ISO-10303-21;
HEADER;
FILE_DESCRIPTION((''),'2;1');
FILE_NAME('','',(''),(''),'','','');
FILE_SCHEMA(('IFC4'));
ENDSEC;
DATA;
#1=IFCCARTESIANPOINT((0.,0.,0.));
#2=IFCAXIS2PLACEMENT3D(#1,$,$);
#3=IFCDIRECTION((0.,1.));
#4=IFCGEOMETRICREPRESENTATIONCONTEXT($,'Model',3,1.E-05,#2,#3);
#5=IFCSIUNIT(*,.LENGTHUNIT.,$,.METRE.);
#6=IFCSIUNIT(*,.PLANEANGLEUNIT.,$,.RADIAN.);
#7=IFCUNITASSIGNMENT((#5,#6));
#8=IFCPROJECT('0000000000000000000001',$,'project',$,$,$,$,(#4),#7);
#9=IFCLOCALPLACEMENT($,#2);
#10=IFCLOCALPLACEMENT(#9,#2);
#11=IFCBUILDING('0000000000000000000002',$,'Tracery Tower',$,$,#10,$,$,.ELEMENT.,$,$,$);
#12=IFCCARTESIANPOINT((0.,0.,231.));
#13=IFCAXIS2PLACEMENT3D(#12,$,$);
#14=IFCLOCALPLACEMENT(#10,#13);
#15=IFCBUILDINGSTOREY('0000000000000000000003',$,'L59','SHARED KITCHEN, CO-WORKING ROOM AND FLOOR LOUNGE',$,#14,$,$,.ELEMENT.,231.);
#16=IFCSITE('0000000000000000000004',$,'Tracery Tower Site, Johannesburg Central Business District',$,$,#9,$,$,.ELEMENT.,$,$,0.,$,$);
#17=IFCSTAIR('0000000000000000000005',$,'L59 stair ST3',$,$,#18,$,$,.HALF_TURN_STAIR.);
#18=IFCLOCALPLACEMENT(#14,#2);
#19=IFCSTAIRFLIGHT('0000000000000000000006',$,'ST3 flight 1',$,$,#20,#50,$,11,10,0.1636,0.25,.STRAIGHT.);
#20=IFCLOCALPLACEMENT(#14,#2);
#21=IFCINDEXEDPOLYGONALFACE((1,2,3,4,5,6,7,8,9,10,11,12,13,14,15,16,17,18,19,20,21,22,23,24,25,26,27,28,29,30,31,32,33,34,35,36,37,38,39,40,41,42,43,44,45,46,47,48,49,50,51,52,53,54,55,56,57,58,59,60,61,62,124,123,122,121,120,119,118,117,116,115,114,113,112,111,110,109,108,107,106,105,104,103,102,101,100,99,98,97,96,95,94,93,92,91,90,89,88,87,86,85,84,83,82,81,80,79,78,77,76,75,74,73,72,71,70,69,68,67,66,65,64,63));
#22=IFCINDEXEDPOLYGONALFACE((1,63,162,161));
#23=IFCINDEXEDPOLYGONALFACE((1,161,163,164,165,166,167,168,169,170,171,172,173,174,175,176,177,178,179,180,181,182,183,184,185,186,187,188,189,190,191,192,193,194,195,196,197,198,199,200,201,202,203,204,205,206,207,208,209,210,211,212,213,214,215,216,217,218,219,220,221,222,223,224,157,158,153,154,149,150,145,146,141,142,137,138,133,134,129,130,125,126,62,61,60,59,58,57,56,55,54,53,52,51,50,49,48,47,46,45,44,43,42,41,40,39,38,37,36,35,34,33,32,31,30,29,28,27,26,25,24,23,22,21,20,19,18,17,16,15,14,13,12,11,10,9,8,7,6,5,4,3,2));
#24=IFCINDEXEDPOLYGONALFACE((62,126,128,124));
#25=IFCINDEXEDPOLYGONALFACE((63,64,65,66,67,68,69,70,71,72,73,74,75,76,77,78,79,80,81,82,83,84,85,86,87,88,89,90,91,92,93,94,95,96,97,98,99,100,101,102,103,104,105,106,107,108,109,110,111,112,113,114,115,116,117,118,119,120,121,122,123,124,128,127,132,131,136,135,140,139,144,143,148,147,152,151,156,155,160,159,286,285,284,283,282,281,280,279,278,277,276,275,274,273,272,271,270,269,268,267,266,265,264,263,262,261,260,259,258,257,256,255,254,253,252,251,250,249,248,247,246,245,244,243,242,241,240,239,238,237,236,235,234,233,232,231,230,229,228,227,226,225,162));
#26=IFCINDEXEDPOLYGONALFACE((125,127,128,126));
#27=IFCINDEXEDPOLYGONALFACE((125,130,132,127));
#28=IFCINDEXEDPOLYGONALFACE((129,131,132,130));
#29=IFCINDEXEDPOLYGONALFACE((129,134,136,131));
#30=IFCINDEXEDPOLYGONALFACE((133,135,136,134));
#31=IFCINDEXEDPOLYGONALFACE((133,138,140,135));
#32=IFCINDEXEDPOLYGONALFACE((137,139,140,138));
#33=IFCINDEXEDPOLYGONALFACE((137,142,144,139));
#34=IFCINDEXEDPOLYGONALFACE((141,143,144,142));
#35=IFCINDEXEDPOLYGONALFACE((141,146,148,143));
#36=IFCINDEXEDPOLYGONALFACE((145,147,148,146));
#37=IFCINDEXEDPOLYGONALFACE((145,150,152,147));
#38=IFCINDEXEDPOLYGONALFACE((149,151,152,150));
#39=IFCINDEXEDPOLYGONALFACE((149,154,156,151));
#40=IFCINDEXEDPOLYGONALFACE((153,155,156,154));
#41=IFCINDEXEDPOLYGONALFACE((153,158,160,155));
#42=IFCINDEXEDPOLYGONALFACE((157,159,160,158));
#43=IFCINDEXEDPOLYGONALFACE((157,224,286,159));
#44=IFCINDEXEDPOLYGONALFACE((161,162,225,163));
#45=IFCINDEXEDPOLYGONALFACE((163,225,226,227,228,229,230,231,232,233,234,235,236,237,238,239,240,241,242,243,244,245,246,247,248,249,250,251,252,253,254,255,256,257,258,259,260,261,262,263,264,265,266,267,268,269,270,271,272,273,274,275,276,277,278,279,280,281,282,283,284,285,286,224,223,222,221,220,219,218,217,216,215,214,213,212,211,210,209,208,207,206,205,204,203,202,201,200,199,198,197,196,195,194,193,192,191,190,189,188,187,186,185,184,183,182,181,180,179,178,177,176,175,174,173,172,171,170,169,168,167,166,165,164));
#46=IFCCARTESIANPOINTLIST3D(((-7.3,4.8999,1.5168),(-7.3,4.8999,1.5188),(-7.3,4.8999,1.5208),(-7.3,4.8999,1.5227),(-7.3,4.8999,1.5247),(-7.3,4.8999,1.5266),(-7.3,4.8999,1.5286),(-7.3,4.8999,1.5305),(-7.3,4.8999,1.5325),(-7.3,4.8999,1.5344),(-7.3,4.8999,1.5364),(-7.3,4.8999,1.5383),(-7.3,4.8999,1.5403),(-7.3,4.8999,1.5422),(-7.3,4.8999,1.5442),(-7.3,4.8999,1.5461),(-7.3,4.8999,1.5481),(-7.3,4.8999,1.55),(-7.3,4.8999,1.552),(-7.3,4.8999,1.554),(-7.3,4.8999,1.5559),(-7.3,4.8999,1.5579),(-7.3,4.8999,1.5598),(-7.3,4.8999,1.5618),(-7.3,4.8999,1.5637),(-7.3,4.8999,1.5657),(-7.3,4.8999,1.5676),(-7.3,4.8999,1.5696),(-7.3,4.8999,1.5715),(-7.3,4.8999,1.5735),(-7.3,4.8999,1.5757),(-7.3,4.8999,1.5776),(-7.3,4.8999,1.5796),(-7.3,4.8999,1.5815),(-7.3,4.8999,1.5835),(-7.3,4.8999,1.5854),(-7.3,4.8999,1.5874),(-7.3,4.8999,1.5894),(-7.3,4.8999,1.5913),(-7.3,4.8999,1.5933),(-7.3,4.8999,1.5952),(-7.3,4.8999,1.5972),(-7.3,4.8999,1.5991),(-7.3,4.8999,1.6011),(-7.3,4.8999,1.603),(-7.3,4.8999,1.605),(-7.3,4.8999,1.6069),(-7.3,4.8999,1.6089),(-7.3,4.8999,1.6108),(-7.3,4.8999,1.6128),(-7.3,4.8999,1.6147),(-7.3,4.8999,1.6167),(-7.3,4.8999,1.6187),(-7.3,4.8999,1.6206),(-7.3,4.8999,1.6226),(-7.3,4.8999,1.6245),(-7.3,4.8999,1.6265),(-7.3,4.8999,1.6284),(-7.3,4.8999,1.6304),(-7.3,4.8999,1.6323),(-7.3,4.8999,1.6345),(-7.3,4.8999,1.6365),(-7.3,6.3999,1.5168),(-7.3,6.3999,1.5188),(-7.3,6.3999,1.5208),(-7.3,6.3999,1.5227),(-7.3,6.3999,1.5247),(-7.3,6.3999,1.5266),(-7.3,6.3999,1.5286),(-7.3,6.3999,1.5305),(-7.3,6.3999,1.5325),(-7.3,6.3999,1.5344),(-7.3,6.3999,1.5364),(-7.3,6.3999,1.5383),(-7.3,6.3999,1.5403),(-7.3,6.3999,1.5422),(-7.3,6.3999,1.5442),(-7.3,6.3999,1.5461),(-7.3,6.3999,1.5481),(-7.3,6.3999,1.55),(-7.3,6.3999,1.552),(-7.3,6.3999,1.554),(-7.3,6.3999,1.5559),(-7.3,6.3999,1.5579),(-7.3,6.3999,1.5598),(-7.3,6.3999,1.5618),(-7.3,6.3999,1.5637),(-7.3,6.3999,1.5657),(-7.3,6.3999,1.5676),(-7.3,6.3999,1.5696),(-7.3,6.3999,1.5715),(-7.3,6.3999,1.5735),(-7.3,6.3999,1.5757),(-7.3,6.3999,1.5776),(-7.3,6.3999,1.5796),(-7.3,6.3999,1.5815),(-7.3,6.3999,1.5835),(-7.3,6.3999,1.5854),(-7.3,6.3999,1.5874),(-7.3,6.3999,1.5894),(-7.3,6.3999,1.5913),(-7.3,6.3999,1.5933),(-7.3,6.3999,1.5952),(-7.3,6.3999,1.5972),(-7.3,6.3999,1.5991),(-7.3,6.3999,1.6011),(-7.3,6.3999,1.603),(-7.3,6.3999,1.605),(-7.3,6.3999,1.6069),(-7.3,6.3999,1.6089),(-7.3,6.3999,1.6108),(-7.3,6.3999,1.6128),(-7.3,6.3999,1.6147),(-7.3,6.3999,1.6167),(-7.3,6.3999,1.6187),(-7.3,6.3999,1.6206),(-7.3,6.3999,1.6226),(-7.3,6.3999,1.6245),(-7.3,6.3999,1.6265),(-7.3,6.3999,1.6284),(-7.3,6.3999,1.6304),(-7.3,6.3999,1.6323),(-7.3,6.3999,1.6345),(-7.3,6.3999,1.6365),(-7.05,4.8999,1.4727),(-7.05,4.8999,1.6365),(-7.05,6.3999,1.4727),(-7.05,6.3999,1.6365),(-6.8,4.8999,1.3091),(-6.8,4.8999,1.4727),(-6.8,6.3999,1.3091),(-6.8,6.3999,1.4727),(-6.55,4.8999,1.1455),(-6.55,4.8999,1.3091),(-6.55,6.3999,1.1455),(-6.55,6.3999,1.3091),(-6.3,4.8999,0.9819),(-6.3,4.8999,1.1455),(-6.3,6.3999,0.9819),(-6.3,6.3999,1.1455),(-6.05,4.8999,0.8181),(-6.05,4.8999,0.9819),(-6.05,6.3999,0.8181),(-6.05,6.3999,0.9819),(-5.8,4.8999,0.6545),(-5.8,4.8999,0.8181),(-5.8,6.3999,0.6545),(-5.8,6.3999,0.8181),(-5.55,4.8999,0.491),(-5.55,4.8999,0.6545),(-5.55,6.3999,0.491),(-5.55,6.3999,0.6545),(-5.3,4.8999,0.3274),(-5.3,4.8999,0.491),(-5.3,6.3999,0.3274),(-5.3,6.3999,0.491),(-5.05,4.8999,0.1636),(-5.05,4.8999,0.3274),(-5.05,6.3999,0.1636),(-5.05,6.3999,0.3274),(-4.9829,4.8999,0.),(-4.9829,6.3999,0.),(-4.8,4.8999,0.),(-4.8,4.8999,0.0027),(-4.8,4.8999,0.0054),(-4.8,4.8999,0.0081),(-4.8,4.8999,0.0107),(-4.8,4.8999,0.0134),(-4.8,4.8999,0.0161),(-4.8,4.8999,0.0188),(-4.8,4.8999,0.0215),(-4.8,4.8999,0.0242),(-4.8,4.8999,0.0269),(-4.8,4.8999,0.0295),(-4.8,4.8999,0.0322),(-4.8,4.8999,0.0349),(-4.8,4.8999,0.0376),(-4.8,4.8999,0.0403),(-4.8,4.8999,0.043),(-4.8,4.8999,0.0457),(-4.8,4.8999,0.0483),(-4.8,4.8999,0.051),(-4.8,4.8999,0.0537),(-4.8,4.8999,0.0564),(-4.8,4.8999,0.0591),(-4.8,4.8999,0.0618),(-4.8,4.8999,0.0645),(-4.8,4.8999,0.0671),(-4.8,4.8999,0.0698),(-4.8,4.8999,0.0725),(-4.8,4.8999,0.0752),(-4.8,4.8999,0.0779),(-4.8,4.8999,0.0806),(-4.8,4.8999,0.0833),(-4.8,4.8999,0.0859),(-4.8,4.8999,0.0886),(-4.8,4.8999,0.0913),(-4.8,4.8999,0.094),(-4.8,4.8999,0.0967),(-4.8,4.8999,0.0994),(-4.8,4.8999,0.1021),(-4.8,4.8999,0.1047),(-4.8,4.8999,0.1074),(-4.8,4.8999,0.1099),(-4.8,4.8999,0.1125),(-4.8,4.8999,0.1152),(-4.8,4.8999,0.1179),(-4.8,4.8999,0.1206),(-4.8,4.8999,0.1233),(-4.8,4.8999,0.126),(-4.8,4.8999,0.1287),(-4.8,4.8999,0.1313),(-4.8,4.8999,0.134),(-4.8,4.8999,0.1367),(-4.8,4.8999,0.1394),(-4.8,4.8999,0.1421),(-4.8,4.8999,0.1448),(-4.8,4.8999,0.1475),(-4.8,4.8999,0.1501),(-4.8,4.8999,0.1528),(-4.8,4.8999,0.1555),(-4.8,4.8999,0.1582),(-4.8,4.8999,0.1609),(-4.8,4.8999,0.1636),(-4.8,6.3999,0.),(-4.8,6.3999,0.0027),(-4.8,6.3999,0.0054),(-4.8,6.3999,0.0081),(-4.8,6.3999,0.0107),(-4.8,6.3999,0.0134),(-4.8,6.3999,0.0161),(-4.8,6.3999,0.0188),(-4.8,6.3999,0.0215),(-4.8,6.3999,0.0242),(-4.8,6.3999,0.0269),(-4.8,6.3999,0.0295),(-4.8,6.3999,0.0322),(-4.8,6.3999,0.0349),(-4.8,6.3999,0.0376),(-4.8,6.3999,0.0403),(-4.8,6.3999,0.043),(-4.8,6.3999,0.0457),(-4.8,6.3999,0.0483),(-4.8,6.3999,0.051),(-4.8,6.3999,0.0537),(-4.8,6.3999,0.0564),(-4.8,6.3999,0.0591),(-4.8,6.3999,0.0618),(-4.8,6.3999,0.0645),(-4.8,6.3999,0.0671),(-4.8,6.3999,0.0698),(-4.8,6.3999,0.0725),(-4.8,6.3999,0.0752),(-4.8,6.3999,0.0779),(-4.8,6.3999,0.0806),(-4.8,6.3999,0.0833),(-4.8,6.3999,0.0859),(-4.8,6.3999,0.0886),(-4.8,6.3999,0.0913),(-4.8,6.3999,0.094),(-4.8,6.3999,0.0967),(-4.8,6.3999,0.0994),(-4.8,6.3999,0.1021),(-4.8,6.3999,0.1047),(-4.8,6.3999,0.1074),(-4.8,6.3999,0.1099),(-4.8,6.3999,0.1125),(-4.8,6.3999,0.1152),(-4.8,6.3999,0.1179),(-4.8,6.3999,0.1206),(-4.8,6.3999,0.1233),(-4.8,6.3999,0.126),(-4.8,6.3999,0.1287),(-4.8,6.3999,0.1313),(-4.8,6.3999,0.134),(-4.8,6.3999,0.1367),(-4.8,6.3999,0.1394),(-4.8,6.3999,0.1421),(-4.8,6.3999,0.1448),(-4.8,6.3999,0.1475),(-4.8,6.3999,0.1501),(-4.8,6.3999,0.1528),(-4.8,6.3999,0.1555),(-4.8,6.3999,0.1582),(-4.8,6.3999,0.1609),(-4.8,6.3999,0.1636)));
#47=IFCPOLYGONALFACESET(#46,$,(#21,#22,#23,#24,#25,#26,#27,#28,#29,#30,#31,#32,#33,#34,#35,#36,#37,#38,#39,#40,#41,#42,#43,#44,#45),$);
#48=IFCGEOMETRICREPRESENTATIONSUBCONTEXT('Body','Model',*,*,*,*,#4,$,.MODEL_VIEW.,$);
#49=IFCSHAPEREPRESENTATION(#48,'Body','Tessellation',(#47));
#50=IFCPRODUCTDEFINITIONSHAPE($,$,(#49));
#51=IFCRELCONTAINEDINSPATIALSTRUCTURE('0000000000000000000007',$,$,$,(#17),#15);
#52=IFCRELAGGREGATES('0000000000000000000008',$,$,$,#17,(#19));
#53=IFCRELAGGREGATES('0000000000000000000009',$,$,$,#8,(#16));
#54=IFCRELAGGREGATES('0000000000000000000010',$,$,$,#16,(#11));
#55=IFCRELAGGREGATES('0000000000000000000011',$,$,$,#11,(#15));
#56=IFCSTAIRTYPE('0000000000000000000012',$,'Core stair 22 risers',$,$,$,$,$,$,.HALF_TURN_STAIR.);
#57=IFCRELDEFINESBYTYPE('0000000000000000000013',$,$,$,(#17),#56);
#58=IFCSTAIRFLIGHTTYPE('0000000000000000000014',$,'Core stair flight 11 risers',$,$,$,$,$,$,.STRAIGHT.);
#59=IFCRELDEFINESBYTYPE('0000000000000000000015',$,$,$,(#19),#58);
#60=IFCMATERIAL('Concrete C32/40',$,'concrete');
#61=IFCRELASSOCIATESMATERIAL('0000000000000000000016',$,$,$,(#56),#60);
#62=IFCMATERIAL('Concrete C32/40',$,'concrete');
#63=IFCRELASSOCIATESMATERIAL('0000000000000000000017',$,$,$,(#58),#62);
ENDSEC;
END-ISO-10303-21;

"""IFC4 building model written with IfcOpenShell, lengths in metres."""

from ifc_helpers import new_model, si_unit, direction, frame, origin, place, context, subcontext, project, spatial, polyline, outline, extrude, material, type_object, element, aggregate, save


model = new_model("IFC4")

# Units and contexts
model_context = context("Model", 3, precision=1e-05, world=origin(), true_north=direction((0.0, 1.0)))
body_context = subcontext(model_context, "Body", "Model", "MODEL_VIEW")
ifc_project = project(units=[si_unit("LENGTHUNIT", "METRE"), si_unit("PLANEANGLEUNIT", "RADIAN")], contexts=[model_context])

# Site, building, storey
site_placement = place(None, origin())
site = spatial("IfcSite", under=ifc_project, at=site_placement, Name="Tracery Tower Site, Johannesburg Central Business District", CompositionType="ELEMENT", RefElevation=0.0)
building_placement = place(site_placement, origin())
building = spatial("IfcBuilding", under=site, at=building_placement, Name="Tracery Tower", CompositionType="ELEMENT")
storey_placement = place(building_placement, frame((0.0, 0.0, 231.0)))
storey = spatial("IfcBuildingStorey", under=building, at=storey_placement, Name="L59", Description="SHARED KITCHEN, CO-WORKING ROOM AND FLOOR LOUNGE", CompositionType="ELEMENT", Elevation=231.0)

# Stair, stair flight
ifc_material_1 = material(Name="Concrete C32/40", Category="concrete")
stair_type = type_object("IfcStairType", Name="Core stair 22 risers", PredefinedType="HALF_TURN_STAIR", material=ifc_material_1)
stair_placement = place(storey_placement, origin())
stair = element("IfcStair", 1, at=stair_placement, inside=storey, type_object=stair_type, Name="L59 stair ST3", PredefinedType="HALF_TURN_STAIR")
ifc_material_2 = material(Name="Concrete C32/40", Category="concrete")
stair_flight_type = type_object("IfcStairFlightType", Name="Core stair flight 11 risers", PredefinedType="STRAIGHT", material=ifc_material_2)
stair_flight_1_placement = place(storey_placement, frame((-4.8, 5.6499, 0.0), z_axis=(0.0, 0.0, 1.0), x_axis=(-1.0, 0.0, 0.0)))
stair_flight_1 = element("IfcStairFlight", 2, at=stair_flight_1_placement, type_object=stair_flight_type, Name="ST3 flight 1", NumberOfRisers=11, NumberOfTreads=10, PredefinedType="STRAIGHT", RiserHeight=0.1636, TreadLength=0.25, context=body_context, shape_type="SweptSolid", body=[
    extrude(outline(polyline([(0.0, 0.0), (0.0, 0.0027), (0.0, 0.0054), (0.0, 0.0081), (0.0, 0.0107), (0.0, 0.0134), (0.0, 0.0161), (0.0, 0.0188), (0.0, 0.0215), (0.0, 0.0242), (0.0, 0.0269), (0.0, 0.0295), (0.0, 0.0322), (0.0, 0.0349), (0.0, 0.0376), (0.0, 0.0403), (0.0, 0.043), (0.0, 0.0457), (0.0, 0.0483), (0.0, 0.051), (0.0, 0.0537), (0.0, 0.0564), (0.0, 0.0591), (0.0, 0.0618), (0.0, 0.0645), (0.0, 0.0671), (0.0, 0.0698), (0.0, 0.0725), (0.0, 0.0752), (0.0, 0.0779), (0.0, 0.0806), (0.0, 0.0833), (0.0, 0.0859), (0.0, 0.0886), (0.0, 0.0913), (0.0, 0.094), (0.0, 0.0967), (0.0, 0.0994), (0.0, 0.1021), (0.0, 0.1047), (0.0, 0.1074), (0.0, 0.1099), (0.0, 0.1125), (0.0, 0.1152), (0.0, 0.1179), (0.0, 0.1206), (0.0, 0.1233), (0.0, 0.126), (0.0, 0.1287), (0.0, 0.1313), (0.0, 0.134), (0.0, 0.1367), (0.0, 0.1394), (0.0, 0.1421), (0.0, 0.1448), (0.0, 0.1475), (0.0, 0.1501), (0.0, 0.1528), (0.0, 0.1555), (0.0, 0.1582), (0.0, 0.1609), (0.0, 0.1636), (0.25, 0.1636), (0.25, 0.3274), (0.5, 0.3274), (0.5, 0.491), (0.75, 0.491), (0.75, 0.6545), (1.0, 0.6545), (1.0, 0.8181), (1.25, 0.8181), (1.25, 0.9819), (1.5, 0.9819), (1.5, 1.1455), (1.75, 1.1455), (1.75, 1.3091), (2.0, 1.3091), (2.0, 1.4727), (2.25, 1.4727), (2.25, 1.6365), (2.5, 1.6365), (2.5, 1.6345), (2.5, 1.6323), (2.5, 1.6304), (2.5, 1.6284), (2.5, 1.6265), (2.5, 1.6245), (2.5, 1.6226), (2.5, 1.6206), (2.5, 1.6187), (2.5, 1.6167), (2.5, 1.6147), (2.5, 1.6128), (2.5, 1.6108), (2.5, 1.6089), (2.5, 1.6069), (2.5, 1.605), (2.5, 1.603), (2.5, 1.6011), (2.5, 1.5991), (2.5, 1.5972), (2.5, 1.5952), (2.5, 1.5933), (2.5, 1.5913), (2.5, 1.5894), (2.5, 1.5874), (2.5, 1.5854), (2.5, 1.5835), (2.5, 1.5815), (2.5, 1.5796), (2.5, 1.5776), (2.5, 1.5757), (2.5, 1.5735), (2.5, 1.5715), (2.5, 1.5696), (2.5, 1.5676), (2.5, 1.5657), (2.5, 1.5637), (2.5, 1.5618), (2.5, 1.5598), (2.5, 1.5579), (2.5, 1.5559), (2.5, 1.554), (2.5, 1.552), (2.5, 1.55), (2.5, 1.5481), (2.5, 1.5461), (2.5, 1.5442), (2.5, 1.5422), (2.5, 1.5403), (2.5, 1.5383), (2.5, 1.5364), (2.5, 1.5344), (2.5, 1.5325), (2.5, 1.5305), (2.5, 1.5286), (2.5, 1.5266), (2.5, 1.5247), (2.5, 1.5227), (2.5, 1.5208), (2.5, 1.5188), (2.5, 1.5168), (0.1829, 0.0), (0.0, 0.0)])), frame((0.0, 0.75, 0.0), z_axis=(0.0, -1.0, 0.0), x_axis=(1.0, 0.0, 0.0)), (0.0, 0.0, 1.0), 1.5),
])
aggregate(stair, [stair_flight_1])

save(model, "model.ifc")
